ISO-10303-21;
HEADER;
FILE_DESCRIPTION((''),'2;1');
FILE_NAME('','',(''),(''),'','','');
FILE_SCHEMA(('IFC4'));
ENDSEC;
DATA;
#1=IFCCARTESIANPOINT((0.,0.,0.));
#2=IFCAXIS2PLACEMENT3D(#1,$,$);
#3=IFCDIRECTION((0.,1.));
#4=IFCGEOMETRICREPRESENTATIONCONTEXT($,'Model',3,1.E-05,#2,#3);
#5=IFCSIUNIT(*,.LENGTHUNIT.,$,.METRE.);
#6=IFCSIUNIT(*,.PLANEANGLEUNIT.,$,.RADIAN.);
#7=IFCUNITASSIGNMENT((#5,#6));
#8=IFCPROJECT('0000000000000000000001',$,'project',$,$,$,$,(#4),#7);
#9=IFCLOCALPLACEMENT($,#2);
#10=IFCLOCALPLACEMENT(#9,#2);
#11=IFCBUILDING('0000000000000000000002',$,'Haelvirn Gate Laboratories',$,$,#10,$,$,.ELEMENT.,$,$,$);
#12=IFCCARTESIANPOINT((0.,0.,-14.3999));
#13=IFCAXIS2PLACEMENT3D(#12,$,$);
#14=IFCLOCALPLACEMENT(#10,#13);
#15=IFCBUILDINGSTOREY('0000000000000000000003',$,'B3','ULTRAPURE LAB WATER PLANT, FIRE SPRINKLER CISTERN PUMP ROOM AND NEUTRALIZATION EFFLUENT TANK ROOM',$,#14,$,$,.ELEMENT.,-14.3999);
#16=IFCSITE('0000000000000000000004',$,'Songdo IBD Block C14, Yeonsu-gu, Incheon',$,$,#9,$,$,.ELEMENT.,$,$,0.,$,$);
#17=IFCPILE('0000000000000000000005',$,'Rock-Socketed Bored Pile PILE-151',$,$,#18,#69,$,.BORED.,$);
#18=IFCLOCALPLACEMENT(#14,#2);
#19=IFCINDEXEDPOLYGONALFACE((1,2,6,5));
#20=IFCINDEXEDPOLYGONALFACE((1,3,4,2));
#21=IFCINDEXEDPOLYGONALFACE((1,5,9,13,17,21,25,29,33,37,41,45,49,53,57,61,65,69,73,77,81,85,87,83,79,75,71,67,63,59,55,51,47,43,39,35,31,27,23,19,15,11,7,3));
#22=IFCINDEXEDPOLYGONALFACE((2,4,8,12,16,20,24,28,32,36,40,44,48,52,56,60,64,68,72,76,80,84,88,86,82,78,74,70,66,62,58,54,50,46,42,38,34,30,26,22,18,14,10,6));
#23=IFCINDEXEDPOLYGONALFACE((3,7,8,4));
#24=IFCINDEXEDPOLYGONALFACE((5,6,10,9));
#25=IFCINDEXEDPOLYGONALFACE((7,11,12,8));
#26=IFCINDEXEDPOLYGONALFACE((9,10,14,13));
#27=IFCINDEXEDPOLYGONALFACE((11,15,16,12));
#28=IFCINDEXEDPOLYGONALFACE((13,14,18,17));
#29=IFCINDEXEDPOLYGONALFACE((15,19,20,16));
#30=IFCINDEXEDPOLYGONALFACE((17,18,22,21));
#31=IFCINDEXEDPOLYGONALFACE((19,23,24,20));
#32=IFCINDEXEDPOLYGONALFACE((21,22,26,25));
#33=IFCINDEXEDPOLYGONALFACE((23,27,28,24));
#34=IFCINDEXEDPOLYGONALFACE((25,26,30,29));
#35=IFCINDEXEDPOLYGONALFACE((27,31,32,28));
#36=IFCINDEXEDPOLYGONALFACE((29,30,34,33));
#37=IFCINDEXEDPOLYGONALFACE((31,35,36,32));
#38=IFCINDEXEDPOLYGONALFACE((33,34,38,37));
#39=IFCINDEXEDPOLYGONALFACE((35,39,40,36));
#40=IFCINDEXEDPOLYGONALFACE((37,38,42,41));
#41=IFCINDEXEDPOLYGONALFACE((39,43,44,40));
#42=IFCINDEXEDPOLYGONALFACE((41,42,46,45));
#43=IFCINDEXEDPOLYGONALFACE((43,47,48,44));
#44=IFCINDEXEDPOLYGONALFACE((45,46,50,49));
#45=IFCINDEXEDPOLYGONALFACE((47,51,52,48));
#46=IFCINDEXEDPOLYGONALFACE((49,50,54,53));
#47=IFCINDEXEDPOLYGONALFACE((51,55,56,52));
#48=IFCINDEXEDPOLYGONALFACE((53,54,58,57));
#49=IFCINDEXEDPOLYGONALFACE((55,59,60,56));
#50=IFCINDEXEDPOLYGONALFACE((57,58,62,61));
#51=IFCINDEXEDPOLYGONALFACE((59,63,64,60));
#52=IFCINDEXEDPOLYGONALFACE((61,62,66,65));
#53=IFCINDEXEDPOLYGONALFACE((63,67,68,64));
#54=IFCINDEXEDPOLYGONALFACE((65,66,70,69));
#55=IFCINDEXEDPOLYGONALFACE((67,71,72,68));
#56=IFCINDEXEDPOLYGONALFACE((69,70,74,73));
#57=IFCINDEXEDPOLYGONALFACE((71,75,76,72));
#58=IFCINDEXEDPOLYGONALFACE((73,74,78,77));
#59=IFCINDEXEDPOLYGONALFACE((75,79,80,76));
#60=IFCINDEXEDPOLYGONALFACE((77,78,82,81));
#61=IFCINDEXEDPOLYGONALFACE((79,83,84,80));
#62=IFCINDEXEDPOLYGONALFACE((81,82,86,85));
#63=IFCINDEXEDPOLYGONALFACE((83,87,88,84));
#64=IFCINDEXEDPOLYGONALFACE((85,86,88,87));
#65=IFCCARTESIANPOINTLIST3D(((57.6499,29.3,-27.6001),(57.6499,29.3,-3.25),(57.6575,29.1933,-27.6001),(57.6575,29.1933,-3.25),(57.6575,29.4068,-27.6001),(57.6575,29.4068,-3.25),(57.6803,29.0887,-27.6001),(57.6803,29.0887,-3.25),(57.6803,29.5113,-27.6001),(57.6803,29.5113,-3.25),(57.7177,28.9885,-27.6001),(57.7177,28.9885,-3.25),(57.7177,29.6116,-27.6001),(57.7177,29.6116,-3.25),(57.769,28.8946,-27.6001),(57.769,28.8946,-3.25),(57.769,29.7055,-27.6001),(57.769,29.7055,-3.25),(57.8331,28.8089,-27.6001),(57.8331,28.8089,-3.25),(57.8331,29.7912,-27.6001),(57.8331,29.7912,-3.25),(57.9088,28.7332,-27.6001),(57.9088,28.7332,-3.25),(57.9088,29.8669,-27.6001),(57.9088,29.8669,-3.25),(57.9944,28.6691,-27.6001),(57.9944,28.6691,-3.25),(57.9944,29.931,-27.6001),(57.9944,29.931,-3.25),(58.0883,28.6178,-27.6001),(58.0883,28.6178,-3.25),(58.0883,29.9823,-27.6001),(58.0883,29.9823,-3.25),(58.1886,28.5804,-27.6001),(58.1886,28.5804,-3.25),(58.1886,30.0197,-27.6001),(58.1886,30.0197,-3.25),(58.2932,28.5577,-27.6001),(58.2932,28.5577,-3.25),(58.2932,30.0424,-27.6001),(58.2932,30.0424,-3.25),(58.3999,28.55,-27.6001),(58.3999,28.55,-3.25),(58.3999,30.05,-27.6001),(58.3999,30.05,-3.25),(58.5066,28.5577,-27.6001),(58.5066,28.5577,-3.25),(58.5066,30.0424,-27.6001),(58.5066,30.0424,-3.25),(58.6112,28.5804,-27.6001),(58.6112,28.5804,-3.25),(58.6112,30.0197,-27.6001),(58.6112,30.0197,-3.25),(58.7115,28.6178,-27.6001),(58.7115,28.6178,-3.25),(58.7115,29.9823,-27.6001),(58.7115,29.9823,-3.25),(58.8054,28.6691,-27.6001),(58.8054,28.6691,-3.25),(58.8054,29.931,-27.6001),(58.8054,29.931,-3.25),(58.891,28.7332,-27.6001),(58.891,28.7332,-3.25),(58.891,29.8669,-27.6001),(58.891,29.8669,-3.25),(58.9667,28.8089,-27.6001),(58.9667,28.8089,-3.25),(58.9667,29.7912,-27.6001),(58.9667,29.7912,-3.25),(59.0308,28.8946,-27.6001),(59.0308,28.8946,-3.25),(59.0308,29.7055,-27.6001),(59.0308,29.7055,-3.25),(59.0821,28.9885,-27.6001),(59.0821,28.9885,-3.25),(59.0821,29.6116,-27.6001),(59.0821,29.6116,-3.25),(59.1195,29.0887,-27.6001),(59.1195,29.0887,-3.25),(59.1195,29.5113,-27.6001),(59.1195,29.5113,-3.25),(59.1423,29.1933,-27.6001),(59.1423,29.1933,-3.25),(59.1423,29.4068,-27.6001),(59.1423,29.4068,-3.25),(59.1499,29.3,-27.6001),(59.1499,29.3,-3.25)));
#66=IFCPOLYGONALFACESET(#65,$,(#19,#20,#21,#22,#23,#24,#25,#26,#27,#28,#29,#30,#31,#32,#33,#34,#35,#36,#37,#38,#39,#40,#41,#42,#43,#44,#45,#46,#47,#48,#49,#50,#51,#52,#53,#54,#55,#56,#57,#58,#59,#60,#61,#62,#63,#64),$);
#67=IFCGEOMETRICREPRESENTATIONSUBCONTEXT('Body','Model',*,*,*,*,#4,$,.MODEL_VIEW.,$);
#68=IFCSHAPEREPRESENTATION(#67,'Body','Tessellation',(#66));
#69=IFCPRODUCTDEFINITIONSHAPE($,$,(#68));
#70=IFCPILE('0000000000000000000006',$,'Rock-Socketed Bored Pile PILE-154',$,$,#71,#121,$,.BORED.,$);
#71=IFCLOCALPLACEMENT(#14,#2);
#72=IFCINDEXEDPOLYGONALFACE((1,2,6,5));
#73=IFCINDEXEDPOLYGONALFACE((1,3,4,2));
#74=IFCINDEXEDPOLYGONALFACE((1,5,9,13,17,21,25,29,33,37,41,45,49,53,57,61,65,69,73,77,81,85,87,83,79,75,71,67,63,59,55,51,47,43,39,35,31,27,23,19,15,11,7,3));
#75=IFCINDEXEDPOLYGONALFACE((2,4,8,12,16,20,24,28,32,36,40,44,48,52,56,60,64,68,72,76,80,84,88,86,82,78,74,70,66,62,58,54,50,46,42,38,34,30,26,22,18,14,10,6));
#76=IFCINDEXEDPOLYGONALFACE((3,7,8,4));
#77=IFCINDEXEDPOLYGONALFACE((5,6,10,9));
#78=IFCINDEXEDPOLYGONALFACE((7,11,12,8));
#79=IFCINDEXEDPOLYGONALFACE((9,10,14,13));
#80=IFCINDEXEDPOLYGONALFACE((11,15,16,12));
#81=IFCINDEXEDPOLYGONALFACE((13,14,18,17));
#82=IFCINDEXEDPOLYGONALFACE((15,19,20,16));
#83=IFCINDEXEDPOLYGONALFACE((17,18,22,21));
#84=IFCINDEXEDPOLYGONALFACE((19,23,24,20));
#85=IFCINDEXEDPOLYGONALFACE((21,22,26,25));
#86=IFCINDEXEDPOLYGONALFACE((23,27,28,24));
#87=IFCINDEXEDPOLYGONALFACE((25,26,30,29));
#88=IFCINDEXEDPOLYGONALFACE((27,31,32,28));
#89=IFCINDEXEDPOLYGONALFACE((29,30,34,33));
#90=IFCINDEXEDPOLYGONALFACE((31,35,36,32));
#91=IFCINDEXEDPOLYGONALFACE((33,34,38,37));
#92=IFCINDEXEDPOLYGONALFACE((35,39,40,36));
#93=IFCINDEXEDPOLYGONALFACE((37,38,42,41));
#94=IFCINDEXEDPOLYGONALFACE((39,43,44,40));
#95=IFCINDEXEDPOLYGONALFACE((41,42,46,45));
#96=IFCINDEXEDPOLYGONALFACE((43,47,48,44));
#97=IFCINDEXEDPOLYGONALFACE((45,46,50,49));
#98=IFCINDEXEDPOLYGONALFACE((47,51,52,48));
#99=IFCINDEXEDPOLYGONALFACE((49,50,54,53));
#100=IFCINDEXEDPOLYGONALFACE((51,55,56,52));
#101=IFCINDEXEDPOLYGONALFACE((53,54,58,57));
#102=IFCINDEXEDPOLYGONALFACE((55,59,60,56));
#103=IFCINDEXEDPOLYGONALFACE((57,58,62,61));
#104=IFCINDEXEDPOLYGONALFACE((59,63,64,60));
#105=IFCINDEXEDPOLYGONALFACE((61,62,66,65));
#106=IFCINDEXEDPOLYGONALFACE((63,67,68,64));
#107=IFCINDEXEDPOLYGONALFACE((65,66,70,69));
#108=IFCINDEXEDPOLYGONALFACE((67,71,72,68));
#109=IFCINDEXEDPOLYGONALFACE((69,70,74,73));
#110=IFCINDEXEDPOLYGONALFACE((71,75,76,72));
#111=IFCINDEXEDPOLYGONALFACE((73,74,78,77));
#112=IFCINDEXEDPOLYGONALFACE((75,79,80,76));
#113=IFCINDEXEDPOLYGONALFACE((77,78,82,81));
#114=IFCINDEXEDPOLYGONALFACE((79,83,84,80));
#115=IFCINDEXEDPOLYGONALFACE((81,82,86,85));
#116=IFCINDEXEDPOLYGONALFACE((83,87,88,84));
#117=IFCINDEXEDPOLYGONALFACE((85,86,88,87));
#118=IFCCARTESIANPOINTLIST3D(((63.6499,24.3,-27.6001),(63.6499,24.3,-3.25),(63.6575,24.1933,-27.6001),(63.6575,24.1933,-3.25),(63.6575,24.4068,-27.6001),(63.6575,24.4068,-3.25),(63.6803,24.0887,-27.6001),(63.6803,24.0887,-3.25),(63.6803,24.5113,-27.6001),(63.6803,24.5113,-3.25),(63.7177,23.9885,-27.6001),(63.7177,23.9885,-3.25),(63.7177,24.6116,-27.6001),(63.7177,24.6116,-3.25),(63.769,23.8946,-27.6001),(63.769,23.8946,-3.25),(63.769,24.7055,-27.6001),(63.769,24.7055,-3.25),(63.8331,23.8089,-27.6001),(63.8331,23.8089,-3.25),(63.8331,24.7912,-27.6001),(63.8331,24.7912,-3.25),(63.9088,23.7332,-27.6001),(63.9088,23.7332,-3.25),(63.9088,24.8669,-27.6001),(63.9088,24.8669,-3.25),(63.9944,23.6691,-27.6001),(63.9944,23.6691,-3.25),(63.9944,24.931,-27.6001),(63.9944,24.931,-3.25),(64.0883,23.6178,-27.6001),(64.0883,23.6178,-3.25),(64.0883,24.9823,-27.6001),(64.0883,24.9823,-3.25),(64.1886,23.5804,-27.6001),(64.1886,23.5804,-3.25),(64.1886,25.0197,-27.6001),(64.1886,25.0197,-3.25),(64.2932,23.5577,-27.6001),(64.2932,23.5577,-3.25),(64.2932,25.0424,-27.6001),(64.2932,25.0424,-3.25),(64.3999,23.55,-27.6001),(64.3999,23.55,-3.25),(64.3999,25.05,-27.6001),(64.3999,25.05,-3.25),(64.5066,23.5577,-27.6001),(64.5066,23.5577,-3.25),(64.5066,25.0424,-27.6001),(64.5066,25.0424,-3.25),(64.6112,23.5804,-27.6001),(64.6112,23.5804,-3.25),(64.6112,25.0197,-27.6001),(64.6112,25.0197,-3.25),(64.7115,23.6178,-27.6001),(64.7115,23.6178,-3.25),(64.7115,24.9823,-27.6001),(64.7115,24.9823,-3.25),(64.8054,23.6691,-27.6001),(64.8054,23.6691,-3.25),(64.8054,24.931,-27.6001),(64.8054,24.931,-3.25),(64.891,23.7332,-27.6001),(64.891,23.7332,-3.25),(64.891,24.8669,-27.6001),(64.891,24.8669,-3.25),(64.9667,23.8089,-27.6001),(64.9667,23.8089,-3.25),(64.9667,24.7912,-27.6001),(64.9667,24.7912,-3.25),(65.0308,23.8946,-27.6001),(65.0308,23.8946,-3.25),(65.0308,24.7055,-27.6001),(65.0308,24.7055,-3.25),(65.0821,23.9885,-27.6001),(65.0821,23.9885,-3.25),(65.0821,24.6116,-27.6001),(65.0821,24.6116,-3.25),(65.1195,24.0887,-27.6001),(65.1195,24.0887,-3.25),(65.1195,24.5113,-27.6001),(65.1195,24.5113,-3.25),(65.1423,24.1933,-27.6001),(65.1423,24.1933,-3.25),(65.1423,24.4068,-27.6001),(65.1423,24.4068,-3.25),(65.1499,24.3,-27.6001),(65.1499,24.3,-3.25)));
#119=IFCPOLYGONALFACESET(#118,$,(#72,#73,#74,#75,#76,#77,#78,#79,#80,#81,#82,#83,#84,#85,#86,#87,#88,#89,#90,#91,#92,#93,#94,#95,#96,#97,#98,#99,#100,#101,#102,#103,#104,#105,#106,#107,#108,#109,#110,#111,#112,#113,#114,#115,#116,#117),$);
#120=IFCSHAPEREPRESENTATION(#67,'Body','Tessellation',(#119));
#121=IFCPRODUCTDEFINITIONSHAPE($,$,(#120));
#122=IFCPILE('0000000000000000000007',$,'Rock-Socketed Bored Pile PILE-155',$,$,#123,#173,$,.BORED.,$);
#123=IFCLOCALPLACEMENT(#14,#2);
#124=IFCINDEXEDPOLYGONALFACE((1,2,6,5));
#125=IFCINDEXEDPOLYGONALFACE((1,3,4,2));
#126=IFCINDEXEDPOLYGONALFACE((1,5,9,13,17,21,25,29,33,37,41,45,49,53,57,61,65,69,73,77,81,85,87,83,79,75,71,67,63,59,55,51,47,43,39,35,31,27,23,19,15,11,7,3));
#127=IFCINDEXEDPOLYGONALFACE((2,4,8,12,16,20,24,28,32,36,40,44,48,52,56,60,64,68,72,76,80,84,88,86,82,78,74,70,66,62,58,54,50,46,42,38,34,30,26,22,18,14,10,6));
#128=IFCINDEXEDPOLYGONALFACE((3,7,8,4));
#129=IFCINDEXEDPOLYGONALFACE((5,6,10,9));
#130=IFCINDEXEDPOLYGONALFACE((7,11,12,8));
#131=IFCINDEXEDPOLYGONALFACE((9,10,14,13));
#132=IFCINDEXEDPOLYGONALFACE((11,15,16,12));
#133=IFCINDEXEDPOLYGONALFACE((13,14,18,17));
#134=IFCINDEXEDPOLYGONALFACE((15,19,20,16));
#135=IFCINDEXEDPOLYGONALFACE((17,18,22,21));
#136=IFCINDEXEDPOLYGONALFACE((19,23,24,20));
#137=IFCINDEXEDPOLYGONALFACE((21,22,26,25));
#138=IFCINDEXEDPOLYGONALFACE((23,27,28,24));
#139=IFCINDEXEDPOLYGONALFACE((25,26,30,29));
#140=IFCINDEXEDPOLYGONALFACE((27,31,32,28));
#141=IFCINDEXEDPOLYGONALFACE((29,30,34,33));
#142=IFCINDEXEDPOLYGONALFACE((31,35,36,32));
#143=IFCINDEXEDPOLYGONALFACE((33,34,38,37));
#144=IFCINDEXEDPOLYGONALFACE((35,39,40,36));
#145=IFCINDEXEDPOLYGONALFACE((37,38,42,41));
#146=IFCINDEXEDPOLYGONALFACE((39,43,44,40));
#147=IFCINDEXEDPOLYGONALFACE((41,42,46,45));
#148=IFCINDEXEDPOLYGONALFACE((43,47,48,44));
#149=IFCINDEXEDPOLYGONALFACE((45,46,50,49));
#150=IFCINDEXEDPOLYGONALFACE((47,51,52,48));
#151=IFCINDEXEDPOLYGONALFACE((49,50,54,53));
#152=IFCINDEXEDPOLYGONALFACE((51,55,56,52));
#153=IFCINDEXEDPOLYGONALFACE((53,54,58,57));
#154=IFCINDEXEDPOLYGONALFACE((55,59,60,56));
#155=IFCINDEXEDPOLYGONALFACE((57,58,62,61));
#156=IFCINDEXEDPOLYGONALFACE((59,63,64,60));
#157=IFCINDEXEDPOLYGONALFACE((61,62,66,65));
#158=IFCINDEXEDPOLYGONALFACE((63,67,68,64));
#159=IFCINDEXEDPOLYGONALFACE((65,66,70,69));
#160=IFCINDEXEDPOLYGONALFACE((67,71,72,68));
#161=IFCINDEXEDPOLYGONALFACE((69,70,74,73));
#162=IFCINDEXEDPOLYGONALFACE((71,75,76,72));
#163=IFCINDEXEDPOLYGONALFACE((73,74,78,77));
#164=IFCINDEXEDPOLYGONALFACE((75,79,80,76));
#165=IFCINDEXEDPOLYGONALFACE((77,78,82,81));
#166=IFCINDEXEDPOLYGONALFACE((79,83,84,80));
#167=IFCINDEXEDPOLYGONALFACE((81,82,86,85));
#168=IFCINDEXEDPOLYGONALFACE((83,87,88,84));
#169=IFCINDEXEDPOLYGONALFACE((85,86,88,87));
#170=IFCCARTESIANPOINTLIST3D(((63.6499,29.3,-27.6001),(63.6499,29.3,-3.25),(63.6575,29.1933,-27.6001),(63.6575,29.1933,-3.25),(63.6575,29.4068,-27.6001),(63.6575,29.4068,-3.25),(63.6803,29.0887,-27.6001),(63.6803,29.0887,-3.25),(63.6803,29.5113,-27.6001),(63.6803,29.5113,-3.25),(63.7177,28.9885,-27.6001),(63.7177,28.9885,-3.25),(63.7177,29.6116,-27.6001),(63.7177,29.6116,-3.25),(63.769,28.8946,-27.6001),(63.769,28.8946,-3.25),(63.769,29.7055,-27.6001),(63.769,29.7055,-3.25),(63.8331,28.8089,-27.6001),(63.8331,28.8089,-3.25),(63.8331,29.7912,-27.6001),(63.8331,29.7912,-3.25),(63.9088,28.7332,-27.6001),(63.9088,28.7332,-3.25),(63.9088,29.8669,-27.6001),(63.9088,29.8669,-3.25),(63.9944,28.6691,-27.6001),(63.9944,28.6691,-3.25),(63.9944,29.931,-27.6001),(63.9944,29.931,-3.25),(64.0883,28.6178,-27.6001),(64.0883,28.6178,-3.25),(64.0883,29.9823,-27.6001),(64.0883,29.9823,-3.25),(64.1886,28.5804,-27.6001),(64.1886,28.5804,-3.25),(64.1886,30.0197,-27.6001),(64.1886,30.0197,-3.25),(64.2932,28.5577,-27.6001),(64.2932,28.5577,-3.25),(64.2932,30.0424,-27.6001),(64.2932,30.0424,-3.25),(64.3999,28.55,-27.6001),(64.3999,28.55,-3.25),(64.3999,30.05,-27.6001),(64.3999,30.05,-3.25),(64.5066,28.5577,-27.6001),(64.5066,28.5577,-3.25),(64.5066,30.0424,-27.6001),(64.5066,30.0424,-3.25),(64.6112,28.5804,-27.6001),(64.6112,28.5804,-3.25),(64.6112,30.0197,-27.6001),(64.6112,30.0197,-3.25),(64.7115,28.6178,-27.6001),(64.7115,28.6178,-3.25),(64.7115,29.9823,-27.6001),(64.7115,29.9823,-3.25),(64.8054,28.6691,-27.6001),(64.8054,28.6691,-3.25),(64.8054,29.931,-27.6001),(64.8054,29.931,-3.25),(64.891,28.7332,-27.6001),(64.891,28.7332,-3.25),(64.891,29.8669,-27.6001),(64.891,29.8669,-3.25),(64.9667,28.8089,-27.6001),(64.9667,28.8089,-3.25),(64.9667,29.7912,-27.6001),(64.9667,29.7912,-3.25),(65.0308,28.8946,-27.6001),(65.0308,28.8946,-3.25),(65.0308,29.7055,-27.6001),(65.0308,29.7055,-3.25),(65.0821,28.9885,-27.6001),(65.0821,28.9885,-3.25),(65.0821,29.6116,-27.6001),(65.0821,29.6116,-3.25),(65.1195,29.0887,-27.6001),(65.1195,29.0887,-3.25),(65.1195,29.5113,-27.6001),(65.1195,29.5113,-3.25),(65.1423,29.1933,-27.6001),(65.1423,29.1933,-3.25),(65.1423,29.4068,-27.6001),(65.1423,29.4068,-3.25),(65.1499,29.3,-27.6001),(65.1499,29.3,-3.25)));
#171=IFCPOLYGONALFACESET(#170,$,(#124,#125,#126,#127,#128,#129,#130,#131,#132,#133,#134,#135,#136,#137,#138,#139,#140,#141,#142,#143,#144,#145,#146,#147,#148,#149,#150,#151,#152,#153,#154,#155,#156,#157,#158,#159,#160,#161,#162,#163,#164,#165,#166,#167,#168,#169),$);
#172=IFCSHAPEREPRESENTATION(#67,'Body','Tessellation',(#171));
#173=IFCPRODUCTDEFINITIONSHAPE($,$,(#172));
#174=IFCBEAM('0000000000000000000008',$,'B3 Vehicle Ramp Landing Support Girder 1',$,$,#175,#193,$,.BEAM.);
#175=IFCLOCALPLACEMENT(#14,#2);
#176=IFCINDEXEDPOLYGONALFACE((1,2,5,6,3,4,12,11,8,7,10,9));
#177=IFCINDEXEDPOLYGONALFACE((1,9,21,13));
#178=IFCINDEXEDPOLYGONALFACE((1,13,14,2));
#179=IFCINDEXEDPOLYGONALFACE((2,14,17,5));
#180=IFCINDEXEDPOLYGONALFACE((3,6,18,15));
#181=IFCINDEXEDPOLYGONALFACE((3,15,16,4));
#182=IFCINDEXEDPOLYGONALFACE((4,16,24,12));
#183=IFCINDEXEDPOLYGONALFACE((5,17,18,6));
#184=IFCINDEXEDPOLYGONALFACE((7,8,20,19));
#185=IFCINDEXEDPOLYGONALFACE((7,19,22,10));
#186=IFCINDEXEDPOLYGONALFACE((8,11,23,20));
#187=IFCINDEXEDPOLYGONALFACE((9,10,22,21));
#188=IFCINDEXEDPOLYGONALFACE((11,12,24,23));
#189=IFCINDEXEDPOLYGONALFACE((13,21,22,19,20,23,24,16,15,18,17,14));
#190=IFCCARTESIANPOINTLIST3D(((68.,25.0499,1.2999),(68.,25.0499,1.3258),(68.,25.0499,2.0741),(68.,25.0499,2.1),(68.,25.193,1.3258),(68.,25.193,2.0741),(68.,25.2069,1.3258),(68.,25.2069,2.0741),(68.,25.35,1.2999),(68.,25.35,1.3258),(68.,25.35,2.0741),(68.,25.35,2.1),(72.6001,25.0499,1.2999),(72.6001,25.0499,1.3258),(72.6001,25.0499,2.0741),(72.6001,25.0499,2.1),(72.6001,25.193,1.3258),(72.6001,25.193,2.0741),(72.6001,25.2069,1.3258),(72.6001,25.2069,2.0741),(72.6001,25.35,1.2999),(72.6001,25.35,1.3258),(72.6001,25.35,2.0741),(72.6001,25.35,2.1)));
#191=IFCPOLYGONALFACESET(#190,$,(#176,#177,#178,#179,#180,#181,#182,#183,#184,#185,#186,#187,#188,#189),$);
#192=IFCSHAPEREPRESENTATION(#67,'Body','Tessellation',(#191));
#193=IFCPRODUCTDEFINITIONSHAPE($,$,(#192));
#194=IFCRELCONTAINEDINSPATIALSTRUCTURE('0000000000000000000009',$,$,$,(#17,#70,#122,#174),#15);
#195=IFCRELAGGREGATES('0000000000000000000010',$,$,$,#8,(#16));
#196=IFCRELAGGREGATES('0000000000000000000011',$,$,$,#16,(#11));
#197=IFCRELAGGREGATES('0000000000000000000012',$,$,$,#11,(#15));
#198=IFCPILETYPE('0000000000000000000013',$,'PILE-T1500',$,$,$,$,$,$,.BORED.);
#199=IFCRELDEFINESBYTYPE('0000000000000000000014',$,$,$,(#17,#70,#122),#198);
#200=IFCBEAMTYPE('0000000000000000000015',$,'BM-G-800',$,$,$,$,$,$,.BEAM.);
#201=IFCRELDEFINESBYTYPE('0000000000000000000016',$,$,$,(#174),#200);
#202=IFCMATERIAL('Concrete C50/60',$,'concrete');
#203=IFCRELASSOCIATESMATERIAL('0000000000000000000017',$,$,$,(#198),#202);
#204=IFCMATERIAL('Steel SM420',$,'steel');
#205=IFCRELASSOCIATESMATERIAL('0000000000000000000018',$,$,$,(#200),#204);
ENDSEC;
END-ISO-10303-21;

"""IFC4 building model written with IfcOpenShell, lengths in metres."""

from ifc_helpers import new_model, si_unit, direction, frame, origin, origin_2d, place, context, subcontext, project, spatial, circle, i_section, extrude, source, transform, mapped, material, material_profile, profile_set, type_object, type_shapes, element, save


model = new_model("IFC4")

# Units and contexts
model_context = context("Model", 3, precision=1e-05, world=origin(), true_north=direction((0.0, 1.0)))
body_context = subcontext(model_context, "Body", "Model", "MODEL_VIEW")
ifc_project = project(units=[si_unit("LENGTHUNIT", "METRE"), si_unit("PLANEANGLEUNIT", "RADIAN")], contexts=[model_context])

# Site, building, storey
site_placement = place(None, origin())
site = spatial("IfcSite", under=ifc_project, at=site_placement, Name="Songdo IBD Block C14, Yeonsu-gu, Incheon", CompositionType="ELEMENT", RefElevation=0.0)
building_placement = place(site_placement, origin())
building = spatial("IfcBuilding", under=site, at=building_placement, Name="Haelvirn Gate Laboratories", CompositionType="ELEMENT")
storey_placement = place(building_placement, frame((0.0, 0.0, -14.3999)))
storey = spatial("IfcBuildingStorey", under=building, at=storey_placement, Name="B3", Description="ULTRAPURE LAB WATER PLANT, FIRE SPRINKLER CISTERN PUMP ROOM AND NEUTRALIZATION EFFLUENT TANK ROOM", CompositionType="ELEMENT", Elevation=-14.3999)

# Piles
ifc_material_1 = material(Name="Concrete C50/60", Category="concrete")
ifc_material_profile_1 = material_profile(ifc_material_1, circle(Radius=0.75, at=origin_2d()), Name="PILE-D1500")
ifc_profile_set_1 = profile_set([ifc_material_profile_1], Name="Concrete C50/60")
pile_type_1 = type_object("IfcPileType", Name="PILE-T1500", PredefinedType="BORED", material=ifc_profile_set_1)
shared_shape_1 = source(origin(), body_context, "Body", "SweptSolid", [
    extrude(circle(Radius=0.75, at=origin_2d()), origin(), (0.0, 0.0, 1.0), 24.3501),
])
type_shapes(pile_type_1, [shared_shape_1])
for number, where, z_axis, x_axis, name in (
    (1, (58.3999, 29.3, -3.25), (0.0, 0.0, -1.0), (1.0, 0.0, 0.0), "Rock-Socketed Bored Pile PILE-151"),
    (2, (64.3999, 24.3, -3.25), (0.0, 0.0, -1.0), (1.0, 0.0, 0.0), "Rock-Socketed Bored Pile PILE-154"),
    (3, (64.3999, 29.3, -3.25), (0.0, 0.0, -1.0), (1.0, 0.0, 0.0), "Rock-Socketed Bored Pile PILE-155"),
):
    element("IfcPile", number, at=place(storey_placement, frame(where, z_axis=z_axis, x_axis=x_axis)), inside=storey, type_object=pile_type_1, Name=name, PredefinedType="BORED", context=body_context, shape_type="MappedRepresentation", body=[
        mapped(shared_shape_1, transform((0.0, 0.0, 0.0), scale=1.0)),
    ])

# Beam
ifc_material_2 = material(Name="Steel SM420", Category="steel")
ifc_material_profile_2 = material_profile(ifc_material_2, i_section(OverallWidth=0.3, OverallDepth=0.8, WebThickness=0.0139, FlangeThickness=0.0259, at=origin_2d()), Name="H-800x300x14x26")
ifc_profile_set_2 = profile_set([ifc_material_profile_2], Name="Steel SM420")
beam_type = type_object("IfcBeamType", Name="BM-G-800", PredefinedType="BEAM", material=ifc_profile_set_2)
shared_shape_2 = source(origin(), body_context, "Body", "SweptSolid", [
    extrude(i_section(OverallWidth=0.3, OverallDepth=0.8, WebThickness=0.0139, FlangeThickness=0.0259, at=origin_2d()), origin(), (0.0, 0.0, 1.0), 4.6001),
])
type_shapes(beam_type, [shared_shape_2])
for number, where, z_axis, x_axis, name in (
    (4, (68.0, 25.2, 1.7), (1.0, 0.0, 0.0), (0.0, 1.0, 0.0), "B3 Vehicle Ramp Landing Support Girder 1"),
):
    element("IfcBeam", number, at=place(storey_placement, frame(where, z_axis=z_axis, x_axis=x_axis)), inside=storey, type_object=beam_type, Name=name, PredefinedType="BEAM", context=body_context, shape_type="MappedRepresentation", body=[
        mapped(shared_shape_2, transform((0.0, 0.0, 0.0), scale=1.0)),
    ])

save(model, "model.ifc")
